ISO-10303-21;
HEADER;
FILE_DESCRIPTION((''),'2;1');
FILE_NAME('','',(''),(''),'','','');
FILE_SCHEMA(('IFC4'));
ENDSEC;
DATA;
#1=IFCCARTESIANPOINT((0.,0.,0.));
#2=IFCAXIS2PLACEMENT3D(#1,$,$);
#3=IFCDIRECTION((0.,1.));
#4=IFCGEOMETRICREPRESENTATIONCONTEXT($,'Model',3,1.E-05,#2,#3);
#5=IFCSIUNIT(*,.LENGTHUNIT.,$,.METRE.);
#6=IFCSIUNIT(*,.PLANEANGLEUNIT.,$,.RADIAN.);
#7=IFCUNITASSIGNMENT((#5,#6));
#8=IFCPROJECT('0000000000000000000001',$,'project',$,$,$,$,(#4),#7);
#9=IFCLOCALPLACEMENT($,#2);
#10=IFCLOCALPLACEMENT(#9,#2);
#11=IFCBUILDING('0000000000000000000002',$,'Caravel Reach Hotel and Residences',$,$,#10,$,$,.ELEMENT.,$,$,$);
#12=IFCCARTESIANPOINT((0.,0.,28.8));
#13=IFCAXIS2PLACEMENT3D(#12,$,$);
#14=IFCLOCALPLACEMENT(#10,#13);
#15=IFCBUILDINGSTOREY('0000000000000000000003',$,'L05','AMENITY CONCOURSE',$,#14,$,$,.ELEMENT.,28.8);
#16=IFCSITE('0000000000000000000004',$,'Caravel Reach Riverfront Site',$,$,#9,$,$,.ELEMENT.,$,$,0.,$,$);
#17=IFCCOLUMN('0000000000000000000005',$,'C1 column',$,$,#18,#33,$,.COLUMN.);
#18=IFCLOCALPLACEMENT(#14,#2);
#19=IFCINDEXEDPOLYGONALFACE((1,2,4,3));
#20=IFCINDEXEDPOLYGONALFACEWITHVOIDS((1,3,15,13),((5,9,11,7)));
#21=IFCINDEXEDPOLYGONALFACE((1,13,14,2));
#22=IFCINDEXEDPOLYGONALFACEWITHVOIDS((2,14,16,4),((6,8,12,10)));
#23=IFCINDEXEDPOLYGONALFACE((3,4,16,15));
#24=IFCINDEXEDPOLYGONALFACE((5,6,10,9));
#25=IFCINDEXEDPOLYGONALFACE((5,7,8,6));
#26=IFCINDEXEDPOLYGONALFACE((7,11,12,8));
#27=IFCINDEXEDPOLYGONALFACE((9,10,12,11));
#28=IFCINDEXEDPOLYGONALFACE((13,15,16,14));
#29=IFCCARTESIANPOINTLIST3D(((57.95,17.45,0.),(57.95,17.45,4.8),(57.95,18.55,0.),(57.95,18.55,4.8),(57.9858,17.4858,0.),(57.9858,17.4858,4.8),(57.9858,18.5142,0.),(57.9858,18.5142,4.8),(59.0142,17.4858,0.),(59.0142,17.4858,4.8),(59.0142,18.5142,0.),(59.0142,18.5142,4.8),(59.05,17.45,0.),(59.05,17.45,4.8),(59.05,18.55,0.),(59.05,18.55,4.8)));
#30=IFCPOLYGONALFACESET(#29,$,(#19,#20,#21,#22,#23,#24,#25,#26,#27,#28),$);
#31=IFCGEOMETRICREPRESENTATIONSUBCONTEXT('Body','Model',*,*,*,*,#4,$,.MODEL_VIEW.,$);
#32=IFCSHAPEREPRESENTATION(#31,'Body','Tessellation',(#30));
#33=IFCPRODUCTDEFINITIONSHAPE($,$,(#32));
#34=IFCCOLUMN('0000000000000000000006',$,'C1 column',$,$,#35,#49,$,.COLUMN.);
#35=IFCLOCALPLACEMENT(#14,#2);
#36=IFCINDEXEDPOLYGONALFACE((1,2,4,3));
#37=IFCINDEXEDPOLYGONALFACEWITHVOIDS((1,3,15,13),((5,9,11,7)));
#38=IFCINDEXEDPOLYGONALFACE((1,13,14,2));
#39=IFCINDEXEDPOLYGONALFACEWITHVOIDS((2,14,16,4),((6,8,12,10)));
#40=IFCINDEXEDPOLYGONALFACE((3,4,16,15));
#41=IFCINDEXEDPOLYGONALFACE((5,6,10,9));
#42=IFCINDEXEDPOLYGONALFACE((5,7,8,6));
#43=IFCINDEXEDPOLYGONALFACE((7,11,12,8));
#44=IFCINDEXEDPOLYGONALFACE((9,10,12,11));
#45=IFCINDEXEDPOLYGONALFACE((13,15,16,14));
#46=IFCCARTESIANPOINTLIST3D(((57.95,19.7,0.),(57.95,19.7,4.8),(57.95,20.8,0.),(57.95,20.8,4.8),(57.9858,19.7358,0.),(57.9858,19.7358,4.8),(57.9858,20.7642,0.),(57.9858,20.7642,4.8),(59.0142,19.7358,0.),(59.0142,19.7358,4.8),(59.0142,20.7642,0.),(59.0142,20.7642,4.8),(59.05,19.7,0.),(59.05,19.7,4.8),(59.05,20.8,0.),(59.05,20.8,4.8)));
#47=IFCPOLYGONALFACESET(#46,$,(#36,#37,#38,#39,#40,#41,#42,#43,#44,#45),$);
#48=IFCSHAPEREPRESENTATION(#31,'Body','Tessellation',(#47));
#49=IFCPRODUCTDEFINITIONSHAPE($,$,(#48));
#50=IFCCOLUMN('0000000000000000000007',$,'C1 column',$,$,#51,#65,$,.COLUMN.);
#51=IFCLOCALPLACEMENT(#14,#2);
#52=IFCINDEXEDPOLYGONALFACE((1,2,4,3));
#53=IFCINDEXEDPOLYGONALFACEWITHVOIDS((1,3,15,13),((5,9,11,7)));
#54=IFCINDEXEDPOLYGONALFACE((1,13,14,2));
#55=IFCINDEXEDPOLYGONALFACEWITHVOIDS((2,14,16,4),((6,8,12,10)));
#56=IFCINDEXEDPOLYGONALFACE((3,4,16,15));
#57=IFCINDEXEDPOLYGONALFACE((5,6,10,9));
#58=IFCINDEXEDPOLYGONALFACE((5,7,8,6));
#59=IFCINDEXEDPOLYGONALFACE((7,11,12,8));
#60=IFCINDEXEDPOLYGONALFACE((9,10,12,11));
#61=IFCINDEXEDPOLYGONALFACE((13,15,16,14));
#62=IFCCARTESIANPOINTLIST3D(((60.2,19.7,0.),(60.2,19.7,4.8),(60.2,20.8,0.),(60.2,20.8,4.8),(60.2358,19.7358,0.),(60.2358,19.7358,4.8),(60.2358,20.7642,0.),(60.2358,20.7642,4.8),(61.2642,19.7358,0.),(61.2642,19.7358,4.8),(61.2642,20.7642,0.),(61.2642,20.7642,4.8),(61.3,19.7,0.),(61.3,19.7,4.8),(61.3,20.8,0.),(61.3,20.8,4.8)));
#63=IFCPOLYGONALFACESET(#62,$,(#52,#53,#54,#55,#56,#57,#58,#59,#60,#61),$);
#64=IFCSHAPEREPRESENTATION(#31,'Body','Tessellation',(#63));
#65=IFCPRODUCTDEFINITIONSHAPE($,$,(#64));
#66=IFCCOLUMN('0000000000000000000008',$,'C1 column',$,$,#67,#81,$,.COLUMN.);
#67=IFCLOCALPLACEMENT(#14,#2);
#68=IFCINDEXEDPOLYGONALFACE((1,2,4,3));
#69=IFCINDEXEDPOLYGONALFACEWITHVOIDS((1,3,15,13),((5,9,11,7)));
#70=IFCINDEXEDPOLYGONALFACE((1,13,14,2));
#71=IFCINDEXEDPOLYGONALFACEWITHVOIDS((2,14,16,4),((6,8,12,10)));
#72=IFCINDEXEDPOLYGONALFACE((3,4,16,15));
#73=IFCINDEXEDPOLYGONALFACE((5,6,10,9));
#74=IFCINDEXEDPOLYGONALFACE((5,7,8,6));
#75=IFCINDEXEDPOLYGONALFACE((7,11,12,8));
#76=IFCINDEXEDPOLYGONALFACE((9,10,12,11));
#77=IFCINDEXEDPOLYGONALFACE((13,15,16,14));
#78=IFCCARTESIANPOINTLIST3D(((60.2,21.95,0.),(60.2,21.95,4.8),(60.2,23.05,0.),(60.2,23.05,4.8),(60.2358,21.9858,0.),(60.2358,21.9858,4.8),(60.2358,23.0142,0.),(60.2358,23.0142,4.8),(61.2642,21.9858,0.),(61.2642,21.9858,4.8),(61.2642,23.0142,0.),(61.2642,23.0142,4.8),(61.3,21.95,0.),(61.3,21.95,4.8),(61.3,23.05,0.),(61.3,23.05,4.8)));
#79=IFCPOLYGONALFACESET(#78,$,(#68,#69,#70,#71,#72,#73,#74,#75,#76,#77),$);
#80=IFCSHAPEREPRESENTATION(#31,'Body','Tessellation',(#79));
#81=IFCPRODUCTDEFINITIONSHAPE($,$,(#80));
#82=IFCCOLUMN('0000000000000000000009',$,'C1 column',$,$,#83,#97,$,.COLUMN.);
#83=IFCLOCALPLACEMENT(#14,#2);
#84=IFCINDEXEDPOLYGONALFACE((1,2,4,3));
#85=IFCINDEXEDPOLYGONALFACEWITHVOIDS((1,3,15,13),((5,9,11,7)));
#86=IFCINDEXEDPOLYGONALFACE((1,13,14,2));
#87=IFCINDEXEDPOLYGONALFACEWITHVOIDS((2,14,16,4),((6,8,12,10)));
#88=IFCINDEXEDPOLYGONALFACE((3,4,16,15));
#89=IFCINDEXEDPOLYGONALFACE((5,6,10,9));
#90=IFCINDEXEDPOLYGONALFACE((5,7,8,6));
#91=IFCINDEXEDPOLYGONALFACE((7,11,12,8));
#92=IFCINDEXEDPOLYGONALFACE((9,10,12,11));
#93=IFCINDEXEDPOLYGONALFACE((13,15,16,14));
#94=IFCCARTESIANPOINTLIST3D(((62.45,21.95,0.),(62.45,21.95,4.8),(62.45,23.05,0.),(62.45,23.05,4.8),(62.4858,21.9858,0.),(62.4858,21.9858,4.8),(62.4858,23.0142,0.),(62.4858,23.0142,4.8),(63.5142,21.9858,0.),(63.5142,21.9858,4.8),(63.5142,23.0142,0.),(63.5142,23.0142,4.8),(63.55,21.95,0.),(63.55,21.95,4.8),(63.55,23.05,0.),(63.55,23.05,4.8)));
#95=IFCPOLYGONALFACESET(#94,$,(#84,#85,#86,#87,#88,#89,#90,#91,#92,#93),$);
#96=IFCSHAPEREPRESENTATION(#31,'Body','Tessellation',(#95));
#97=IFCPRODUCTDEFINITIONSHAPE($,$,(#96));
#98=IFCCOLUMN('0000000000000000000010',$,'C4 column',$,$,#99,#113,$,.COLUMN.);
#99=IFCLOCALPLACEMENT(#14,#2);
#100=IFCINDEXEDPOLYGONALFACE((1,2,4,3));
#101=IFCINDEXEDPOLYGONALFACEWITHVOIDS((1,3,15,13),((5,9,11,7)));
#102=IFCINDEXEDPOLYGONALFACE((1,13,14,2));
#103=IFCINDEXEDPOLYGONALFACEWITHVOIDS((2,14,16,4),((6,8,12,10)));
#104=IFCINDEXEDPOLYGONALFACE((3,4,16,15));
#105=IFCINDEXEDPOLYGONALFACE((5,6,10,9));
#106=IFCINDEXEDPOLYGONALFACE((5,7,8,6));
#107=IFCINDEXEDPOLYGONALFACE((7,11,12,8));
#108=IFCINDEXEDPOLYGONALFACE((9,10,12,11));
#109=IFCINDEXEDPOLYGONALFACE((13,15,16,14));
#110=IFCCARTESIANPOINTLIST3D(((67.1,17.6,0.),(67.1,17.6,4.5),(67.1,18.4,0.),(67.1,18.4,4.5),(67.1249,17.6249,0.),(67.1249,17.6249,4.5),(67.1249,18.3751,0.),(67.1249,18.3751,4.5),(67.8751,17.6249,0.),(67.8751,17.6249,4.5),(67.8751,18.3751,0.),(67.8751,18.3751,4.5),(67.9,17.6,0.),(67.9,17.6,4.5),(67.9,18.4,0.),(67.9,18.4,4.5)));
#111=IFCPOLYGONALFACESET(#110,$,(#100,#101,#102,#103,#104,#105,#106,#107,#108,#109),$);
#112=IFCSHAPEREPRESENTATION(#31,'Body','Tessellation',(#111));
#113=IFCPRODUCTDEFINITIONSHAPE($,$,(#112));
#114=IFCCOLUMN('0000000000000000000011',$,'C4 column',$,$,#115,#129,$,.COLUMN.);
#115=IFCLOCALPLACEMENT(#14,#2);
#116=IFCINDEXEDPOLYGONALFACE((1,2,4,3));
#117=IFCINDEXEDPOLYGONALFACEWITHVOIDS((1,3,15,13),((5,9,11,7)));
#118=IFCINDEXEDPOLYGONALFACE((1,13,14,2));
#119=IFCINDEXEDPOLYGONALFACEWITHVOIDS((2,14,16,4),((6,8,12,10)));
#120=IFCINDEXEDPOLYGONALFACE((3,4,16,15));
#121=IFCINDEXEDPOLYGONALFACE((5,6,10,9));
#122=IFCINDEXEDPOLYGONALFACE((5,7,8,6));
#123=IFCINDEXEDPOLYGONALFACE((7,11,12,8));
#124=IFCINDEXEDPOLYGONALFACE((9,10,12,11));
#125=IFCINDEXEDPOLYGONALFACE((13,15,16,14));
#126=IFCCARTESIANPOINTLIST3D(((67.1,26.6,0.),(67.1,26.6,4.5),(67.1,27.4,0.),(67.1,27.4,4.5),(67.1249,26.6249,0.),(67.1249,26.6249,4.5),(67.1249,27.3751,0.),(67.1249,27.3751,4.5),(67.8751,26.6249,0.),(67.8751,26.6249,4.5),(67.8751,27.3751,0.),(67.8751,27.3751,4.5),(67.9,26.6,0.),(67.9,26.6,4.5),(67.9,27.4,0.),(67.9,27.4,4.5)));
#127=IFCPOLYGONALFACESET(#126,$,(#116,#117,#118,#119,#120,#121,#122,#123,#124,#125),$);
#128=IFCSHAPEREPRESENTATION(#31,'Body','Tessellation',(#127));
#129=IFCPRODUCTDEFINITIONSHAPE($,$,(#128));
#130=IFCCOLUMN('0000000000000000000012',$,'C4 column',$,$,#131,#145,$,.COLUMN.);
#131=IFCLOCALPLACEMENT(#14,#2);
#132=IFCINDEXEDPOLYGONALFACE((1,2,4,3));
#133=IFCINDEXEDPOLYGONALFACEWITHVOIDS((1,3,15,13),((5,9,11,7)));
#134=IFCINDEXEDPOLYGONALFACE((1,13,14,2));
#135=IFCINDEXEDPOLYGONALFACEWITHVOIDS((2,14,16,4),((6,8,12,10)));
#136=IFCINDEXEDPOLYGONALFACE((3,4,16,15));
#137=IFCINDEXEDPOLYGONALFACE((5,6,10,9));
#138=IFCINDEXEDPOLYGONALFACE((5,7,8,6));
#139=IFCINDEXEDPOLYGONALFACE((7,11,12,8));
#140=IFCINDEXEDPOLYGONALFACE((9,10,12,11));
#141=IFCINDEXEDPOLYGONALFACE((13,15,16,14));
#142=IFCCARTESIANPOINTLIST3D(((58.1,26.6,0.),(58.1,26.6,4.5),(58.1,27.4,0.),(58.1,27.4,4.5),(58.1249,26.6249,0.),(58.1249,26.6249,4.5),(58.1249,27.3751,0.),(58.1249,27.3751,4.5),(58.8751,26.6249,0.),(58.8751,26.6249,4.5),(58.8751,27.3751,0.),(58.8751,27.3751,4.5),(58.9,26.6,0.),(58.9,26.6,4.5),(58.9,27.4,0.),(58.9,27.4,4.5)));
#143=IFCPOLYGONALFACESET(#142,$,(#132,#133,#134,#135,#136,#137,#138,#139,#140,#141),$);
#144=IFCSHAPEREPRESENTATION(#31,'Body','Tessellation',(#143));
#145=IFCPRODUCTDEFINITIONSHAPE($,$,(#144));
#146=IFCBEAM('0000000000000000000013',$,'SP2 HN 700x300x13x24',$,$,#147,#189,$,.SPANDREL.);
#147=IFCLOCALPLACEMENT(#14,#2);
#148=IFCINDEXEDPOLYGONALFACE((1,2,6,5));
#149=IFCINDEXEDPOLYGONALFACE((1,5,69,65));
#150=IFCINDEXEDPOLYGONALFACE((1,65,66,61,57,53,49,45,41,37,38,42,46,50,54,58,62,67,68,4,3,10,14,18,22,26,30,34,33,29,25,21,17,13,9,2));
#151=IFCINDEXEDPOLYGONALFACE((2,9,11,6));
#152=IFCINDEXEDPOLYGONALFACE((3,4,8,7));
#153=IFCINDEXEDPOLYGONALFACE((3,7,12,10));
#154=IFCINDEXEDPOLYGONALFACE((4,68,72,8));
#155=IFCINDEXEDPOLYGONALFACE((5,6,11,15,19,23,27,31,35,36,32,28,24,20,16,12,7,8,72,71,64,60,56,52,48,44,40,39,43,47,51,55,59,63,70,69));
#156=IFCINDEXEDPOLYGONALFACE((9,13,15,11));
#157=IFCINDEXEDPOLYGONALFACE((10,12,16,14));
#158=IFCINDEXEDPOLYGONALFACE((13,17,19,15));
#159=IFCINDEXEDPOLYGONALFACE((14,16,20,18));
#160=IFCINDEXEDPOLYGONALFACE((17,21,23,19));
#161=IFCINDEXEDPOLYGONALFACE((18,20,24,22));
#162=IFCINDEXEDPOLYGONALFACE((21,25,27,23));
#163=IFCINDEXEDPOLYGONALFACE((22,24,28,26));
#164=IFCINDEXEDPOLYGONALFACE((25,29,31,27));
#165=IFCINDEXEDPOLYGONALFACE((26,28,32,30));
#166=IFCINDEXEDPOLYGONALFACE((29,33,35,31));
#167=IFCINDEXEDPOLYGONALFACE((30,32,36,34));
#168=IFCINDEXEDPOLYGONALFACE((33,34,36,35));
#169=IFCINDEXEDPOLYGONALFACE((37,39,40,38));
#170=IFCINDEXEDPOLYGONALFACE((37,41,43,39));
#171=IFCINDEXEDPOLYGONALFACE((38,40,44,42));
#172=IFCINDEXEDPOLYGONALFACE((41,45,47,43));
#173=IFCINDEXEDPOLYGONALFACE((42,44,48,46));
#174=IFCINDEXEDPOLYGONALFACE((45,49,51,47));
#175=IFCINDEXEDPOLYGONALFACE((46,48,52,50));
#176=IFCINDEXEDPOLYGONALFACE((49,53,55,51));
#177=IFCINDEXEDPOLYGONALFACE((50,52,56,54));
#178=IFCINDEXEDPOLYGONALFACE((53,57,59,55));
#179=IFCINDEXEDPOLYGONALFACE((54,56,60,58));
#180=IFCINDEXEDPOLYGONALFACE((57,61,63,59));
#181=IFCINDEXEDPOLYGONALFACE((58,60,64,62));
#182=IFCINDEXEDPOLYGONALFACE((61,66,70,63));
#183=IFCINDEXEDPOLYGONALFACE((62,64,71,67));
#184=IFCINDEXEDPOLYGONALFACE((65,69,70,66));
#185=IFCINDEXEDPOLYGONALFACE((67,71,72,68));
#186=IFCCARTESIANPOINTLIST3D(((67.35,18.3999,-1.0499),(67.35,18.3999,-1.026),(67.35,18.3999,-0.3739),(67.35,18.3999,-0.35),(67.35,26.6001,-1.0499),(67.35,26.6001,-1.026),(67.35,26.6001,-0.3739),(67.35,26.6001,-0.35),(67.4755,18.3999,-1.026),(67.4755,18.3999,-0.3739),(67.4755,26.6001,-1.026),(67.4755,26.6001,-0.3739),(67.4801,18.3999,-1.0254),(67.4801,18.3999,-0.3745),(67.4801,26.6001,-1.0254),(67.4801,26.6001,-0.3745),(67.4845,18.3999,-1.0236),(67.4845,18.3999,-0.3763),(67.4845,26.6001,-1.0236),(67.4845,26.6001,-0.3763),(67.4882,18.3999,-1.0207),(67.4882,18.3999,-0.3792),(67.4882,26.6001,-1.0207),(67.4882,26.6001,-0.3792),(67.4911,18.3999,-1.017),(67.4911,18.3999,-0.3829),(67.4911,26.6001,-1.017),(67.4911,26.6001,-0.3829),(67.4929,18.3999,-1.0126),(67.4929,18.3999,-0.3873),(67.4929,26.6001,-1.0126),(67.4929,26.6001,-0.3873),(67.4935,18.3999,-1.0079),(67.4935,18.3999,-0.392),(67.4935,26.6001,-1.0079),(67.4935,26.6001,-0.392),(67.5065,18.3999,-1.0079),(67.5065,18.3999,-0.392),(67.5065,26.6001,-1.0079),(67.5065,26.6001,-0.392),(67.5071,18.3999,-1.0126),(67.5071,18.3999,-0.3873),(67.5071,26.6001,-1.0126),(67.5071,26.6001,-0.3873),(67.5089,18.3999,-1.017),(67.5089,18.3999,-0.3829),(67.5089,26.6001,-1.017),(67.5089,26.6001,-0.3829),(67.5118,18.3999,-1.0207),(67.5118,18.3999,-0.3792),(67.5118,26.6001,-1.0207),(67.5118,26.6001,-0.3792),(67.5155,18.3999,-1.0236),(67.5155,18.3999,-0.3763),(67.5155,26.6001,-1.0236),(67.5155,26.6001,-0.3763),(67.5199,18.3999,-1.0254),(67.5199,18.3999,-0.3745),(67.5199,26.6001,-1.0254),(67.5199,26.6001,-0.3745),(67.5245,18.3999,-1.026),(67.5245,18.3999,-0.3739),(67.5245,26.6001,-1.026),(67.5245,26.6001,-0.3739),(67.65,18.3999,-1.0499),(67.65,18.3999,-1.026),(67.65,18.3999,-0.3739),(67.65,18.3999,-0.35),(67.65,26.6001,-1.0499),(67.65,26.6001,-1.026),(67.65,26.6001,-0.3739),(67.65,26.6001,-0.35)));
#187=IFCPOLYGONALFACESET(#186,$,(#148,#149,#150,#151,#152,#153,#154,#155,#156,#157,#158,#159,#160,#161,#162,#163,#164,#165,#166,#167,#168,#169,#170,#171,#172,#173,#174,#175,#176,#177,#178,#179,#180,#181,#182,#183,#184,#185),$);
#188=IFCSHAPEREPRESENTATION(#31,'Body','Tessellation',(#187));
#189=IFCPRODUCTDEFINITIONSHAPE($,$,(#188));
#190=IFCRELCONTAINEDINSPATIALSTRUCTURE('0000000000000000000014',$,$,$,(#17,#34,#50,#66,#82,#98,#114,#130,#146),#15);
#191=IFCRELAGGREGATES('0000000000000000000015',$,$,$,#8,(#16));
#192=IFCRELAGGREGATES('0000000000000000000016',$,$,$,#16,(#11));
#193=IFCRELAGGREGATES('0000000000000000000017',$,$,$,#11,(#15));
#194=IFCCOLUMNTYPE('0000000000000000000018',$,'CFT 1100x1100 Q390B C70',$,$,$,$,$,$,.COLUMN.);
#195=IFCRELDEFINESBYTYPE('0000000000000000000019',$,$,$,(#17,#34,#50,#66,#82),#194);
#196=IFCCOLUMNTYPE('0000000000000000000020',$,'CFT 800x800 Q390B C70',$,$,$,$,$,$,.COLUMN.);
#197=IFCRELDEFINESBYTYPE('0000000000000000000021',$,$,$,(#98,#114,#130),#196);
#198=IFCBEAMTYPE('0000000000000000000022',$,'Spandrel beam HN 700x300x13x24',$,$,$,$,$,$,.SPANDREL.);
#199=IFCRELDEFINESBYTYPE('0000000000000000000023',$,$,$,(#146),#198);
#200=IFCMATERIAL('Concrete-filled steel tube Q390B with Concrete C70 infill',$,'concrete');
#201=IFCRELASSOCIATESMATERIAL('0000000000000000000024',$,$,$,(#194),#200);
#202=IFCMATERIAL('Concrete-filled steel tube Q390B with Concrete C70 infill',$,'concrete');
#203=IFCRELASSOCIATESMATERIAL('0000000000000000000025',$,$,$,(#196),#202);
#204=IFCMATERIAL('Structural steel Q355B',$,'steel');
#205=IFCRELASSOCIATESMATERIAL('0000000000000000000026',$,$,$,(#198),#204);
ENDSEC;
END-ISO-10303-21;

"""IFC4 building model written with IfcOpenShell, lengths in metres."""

from ifc_helpers import new_model, si_unit, direction, frame, origin, origin_2d, place, context, subcontext, project, spatial, hollow_rectangle, i_section, extrude, material, material_profile, profile_set, type_object, element, save


model = new_model("IFC4")

# Units and contexts
model_context = context("Model", 3, precision=1e-05, world=origin(), true_north=direction((0.0, 1.0)))
body_context = subcontext(model_context, "Body", "Model", "MODEL_VIEW")
ifc_project = project(units=[si_unit("LENGTHUNIT", "METRE"), si_unit("PLANEANGLEUNIT", "RADIAN")], contexts=[model_context])

# Site, building, storey
site_placement = place(None, origin())
site = spatial("IfcSite", under=ifc_project, at=site_placement, Name="Caravel Reach Riverfront Site", CompositionType="ELEMENT", RefElevation=0.0)
building_placement = place(site_placement, origin())
building = spatial("IfcBuilding", under=site, at=building_placement, Name="Caravel Reach Hotel and Residences", CompositionType="ELEMENT")
storey_placement = place(building_placement, frame((0.0, 0.0, 28.8)))
storey = spatial("IfcBuildingStorey", under=building, at=storey_placement, Name="L05", Description="AMENITY CONCOURSE", CompositionType="ELEMENT", Elevation=28.8)

# Columns
ifc_material_1 = material(Name="Concrete-filled steel tube Q390B with Concrete C70 infill", Category="concrete")
ifc_material_profile_1 = material_profile(ifc_material_1, hollow_rectangle(XDim=1.1001, YDim=1.1001, WallThickness=0.0359, at=origin_2d()), Name="RHS 1100x1100x36")
ifc_profile_set_1 = profile_set([ifc_material_profile_1], Name="Concrete-filled steel tube Q390B with Concrete C70 infill")
column_type_1 = type_object("IfcColumnType", Name="CFT 1100x1100 Q390B C70", PredefinedType="COLUMN", material=ifc_profile_set_1)
for number, where, z_axis, x_axis, name in (
    (1, (58.5, 18.0, 0.0), (0.0, 0.0, 1.0), (1.0, 0.0, 0.0), "C1 column"),
    (2, (58.5, 20.25, 0.0), (0.0, 0.0, 1.0), (1.0, 0.0, 0.0), "C1 column"),
    (3, (60.75, 20.25, 0.0), (0.0, 0.0, 1.0), (1.0, 0.0, 0.0), "C1 column"),
    (4, (60.75, 22.5, 0.0), (0.0, 0.0, 1.0), (1.0, 0.0, 0.0), "C1 column"),
    (5, (63.0, 22.5, 0.0), (0.0, 0.0, 1.0), (1.0, 0.0, 0.0), "C1 column"),
):
    element("IfcColumn", number, at=place(storey_placement, frame(where, z_axis=z_axis, x_axis=x_axis)), inside=storey, type_object=column_type_1, Name=name, PredefinedType="COLUMN", context=body_context, shape_type="SweptSolid", body=[
        extrude(hollow_rectangle(XDim=1.1001, YDim=1.1001, WallThickness=0.0359, at=origin_2d()), origin(), (0.0, 0.0, 1.0), 4.8),
    ])
ifc_material_2 = material(Name="Concrete-filled steel tube Q390B with Concrete C70 infill", Category="concrete")
ifc_material_profile_2 = material_profile(ifc_material_2, hollow_rectangle(XDim=0.8, YDim=0.8, WallThickness=0.0249, at=origin_2d()), Name="RHS 800x800x25")
ifc_profile_set_2 = profile_set([ifc_material_profile_2], Name="Concrete-filled steel tube Q390B with Concrete C70 infill")
column_type_2 = type_object("IfcColumnType", Name="CFT 800x800 Q390B C70", PredefinedType="COLUMN", material=ifc_profile_set_2)
for number, where, z_axis, x_axis, name in (
    (6, (67.5, 18.0, 0.0), (0.0, 0.0, 1.0), (1.0, 0.0, 0.0), "C4 column"),
    (7, (67.5, 27.0, 0.0), (0.0, 0.0, 1.0), (1.0, 0.0, 0.0), "C4 column"),
    (8, (58.5, 27.0, 0.0), (0.0, 0.0, 1.0), (1.0, 0.0, 0.0), "C4 column"),
):
    element("IfcColumn", number, at=place(storey_placement, frame(where, z_axis=z_axis, x_axis=x_axis)), inside=storey, type_object=column_type_2, Name=name, PredefinedType="COLUMN", context=body_context, shape_type="SweptSolid", body=[
        extrude(hollow_rectangle(XDim=0.8, YDim=0.8, WallThickness=0.0249, at=origin_2d()), origin(), (0.0, 0.0, 1.0), 4.5),
    ])

# Beam
ifc_material_3 = material(Name="Structural steel Q355B", Category="steel")
ifc_material_profile_3 = material_profile(ifc_material_3, i_section(OverallWidth=0.3, OverallDepth=0.7, WebThickness=0.0129, FlangeThickness=0.0239, FilletRadius=0.0181, at=origin_2d()), Name="HN 700x300x13x24")
ifc_profile_set_3 = profile_set([ifc_material_profile_3], Name="Structural steel Q355B")
beam_type = type_object("IfcBeamType", Name="Spandrel beam HN 700x300x13x24", PredefinedType="SPANDREL", material=ifc_profile_set_3)
for number, where, z_axis, x_axis, name in (
    (9, (67.5, 18.3999, -0.7), (0.0, 1.0, 0.0), (-1.0, 0.0, 0.0), "SP2 HN 700x300x13x24"),
):
    element("IfcBeam", number, at=place(storey_placement, frame(where, z_axis=z_axis, x_axis=x_axis)), inside=storey, type_object=beam_type, Name=name, PredefinedType="SPANDREL", context=body_context, shape_type="SweptSolid", body=[
        extrude(i_section(OverallWidth=0.3, OverallDepth=0.7, WebThickness=0.0129, FlangeThickness=0.0239, FilletRadius=0.0181, at=origin_2d()), origin(), (0.0, 0.0, 1.0), 8.2002),
    ])

save(model, "model.ifc")
